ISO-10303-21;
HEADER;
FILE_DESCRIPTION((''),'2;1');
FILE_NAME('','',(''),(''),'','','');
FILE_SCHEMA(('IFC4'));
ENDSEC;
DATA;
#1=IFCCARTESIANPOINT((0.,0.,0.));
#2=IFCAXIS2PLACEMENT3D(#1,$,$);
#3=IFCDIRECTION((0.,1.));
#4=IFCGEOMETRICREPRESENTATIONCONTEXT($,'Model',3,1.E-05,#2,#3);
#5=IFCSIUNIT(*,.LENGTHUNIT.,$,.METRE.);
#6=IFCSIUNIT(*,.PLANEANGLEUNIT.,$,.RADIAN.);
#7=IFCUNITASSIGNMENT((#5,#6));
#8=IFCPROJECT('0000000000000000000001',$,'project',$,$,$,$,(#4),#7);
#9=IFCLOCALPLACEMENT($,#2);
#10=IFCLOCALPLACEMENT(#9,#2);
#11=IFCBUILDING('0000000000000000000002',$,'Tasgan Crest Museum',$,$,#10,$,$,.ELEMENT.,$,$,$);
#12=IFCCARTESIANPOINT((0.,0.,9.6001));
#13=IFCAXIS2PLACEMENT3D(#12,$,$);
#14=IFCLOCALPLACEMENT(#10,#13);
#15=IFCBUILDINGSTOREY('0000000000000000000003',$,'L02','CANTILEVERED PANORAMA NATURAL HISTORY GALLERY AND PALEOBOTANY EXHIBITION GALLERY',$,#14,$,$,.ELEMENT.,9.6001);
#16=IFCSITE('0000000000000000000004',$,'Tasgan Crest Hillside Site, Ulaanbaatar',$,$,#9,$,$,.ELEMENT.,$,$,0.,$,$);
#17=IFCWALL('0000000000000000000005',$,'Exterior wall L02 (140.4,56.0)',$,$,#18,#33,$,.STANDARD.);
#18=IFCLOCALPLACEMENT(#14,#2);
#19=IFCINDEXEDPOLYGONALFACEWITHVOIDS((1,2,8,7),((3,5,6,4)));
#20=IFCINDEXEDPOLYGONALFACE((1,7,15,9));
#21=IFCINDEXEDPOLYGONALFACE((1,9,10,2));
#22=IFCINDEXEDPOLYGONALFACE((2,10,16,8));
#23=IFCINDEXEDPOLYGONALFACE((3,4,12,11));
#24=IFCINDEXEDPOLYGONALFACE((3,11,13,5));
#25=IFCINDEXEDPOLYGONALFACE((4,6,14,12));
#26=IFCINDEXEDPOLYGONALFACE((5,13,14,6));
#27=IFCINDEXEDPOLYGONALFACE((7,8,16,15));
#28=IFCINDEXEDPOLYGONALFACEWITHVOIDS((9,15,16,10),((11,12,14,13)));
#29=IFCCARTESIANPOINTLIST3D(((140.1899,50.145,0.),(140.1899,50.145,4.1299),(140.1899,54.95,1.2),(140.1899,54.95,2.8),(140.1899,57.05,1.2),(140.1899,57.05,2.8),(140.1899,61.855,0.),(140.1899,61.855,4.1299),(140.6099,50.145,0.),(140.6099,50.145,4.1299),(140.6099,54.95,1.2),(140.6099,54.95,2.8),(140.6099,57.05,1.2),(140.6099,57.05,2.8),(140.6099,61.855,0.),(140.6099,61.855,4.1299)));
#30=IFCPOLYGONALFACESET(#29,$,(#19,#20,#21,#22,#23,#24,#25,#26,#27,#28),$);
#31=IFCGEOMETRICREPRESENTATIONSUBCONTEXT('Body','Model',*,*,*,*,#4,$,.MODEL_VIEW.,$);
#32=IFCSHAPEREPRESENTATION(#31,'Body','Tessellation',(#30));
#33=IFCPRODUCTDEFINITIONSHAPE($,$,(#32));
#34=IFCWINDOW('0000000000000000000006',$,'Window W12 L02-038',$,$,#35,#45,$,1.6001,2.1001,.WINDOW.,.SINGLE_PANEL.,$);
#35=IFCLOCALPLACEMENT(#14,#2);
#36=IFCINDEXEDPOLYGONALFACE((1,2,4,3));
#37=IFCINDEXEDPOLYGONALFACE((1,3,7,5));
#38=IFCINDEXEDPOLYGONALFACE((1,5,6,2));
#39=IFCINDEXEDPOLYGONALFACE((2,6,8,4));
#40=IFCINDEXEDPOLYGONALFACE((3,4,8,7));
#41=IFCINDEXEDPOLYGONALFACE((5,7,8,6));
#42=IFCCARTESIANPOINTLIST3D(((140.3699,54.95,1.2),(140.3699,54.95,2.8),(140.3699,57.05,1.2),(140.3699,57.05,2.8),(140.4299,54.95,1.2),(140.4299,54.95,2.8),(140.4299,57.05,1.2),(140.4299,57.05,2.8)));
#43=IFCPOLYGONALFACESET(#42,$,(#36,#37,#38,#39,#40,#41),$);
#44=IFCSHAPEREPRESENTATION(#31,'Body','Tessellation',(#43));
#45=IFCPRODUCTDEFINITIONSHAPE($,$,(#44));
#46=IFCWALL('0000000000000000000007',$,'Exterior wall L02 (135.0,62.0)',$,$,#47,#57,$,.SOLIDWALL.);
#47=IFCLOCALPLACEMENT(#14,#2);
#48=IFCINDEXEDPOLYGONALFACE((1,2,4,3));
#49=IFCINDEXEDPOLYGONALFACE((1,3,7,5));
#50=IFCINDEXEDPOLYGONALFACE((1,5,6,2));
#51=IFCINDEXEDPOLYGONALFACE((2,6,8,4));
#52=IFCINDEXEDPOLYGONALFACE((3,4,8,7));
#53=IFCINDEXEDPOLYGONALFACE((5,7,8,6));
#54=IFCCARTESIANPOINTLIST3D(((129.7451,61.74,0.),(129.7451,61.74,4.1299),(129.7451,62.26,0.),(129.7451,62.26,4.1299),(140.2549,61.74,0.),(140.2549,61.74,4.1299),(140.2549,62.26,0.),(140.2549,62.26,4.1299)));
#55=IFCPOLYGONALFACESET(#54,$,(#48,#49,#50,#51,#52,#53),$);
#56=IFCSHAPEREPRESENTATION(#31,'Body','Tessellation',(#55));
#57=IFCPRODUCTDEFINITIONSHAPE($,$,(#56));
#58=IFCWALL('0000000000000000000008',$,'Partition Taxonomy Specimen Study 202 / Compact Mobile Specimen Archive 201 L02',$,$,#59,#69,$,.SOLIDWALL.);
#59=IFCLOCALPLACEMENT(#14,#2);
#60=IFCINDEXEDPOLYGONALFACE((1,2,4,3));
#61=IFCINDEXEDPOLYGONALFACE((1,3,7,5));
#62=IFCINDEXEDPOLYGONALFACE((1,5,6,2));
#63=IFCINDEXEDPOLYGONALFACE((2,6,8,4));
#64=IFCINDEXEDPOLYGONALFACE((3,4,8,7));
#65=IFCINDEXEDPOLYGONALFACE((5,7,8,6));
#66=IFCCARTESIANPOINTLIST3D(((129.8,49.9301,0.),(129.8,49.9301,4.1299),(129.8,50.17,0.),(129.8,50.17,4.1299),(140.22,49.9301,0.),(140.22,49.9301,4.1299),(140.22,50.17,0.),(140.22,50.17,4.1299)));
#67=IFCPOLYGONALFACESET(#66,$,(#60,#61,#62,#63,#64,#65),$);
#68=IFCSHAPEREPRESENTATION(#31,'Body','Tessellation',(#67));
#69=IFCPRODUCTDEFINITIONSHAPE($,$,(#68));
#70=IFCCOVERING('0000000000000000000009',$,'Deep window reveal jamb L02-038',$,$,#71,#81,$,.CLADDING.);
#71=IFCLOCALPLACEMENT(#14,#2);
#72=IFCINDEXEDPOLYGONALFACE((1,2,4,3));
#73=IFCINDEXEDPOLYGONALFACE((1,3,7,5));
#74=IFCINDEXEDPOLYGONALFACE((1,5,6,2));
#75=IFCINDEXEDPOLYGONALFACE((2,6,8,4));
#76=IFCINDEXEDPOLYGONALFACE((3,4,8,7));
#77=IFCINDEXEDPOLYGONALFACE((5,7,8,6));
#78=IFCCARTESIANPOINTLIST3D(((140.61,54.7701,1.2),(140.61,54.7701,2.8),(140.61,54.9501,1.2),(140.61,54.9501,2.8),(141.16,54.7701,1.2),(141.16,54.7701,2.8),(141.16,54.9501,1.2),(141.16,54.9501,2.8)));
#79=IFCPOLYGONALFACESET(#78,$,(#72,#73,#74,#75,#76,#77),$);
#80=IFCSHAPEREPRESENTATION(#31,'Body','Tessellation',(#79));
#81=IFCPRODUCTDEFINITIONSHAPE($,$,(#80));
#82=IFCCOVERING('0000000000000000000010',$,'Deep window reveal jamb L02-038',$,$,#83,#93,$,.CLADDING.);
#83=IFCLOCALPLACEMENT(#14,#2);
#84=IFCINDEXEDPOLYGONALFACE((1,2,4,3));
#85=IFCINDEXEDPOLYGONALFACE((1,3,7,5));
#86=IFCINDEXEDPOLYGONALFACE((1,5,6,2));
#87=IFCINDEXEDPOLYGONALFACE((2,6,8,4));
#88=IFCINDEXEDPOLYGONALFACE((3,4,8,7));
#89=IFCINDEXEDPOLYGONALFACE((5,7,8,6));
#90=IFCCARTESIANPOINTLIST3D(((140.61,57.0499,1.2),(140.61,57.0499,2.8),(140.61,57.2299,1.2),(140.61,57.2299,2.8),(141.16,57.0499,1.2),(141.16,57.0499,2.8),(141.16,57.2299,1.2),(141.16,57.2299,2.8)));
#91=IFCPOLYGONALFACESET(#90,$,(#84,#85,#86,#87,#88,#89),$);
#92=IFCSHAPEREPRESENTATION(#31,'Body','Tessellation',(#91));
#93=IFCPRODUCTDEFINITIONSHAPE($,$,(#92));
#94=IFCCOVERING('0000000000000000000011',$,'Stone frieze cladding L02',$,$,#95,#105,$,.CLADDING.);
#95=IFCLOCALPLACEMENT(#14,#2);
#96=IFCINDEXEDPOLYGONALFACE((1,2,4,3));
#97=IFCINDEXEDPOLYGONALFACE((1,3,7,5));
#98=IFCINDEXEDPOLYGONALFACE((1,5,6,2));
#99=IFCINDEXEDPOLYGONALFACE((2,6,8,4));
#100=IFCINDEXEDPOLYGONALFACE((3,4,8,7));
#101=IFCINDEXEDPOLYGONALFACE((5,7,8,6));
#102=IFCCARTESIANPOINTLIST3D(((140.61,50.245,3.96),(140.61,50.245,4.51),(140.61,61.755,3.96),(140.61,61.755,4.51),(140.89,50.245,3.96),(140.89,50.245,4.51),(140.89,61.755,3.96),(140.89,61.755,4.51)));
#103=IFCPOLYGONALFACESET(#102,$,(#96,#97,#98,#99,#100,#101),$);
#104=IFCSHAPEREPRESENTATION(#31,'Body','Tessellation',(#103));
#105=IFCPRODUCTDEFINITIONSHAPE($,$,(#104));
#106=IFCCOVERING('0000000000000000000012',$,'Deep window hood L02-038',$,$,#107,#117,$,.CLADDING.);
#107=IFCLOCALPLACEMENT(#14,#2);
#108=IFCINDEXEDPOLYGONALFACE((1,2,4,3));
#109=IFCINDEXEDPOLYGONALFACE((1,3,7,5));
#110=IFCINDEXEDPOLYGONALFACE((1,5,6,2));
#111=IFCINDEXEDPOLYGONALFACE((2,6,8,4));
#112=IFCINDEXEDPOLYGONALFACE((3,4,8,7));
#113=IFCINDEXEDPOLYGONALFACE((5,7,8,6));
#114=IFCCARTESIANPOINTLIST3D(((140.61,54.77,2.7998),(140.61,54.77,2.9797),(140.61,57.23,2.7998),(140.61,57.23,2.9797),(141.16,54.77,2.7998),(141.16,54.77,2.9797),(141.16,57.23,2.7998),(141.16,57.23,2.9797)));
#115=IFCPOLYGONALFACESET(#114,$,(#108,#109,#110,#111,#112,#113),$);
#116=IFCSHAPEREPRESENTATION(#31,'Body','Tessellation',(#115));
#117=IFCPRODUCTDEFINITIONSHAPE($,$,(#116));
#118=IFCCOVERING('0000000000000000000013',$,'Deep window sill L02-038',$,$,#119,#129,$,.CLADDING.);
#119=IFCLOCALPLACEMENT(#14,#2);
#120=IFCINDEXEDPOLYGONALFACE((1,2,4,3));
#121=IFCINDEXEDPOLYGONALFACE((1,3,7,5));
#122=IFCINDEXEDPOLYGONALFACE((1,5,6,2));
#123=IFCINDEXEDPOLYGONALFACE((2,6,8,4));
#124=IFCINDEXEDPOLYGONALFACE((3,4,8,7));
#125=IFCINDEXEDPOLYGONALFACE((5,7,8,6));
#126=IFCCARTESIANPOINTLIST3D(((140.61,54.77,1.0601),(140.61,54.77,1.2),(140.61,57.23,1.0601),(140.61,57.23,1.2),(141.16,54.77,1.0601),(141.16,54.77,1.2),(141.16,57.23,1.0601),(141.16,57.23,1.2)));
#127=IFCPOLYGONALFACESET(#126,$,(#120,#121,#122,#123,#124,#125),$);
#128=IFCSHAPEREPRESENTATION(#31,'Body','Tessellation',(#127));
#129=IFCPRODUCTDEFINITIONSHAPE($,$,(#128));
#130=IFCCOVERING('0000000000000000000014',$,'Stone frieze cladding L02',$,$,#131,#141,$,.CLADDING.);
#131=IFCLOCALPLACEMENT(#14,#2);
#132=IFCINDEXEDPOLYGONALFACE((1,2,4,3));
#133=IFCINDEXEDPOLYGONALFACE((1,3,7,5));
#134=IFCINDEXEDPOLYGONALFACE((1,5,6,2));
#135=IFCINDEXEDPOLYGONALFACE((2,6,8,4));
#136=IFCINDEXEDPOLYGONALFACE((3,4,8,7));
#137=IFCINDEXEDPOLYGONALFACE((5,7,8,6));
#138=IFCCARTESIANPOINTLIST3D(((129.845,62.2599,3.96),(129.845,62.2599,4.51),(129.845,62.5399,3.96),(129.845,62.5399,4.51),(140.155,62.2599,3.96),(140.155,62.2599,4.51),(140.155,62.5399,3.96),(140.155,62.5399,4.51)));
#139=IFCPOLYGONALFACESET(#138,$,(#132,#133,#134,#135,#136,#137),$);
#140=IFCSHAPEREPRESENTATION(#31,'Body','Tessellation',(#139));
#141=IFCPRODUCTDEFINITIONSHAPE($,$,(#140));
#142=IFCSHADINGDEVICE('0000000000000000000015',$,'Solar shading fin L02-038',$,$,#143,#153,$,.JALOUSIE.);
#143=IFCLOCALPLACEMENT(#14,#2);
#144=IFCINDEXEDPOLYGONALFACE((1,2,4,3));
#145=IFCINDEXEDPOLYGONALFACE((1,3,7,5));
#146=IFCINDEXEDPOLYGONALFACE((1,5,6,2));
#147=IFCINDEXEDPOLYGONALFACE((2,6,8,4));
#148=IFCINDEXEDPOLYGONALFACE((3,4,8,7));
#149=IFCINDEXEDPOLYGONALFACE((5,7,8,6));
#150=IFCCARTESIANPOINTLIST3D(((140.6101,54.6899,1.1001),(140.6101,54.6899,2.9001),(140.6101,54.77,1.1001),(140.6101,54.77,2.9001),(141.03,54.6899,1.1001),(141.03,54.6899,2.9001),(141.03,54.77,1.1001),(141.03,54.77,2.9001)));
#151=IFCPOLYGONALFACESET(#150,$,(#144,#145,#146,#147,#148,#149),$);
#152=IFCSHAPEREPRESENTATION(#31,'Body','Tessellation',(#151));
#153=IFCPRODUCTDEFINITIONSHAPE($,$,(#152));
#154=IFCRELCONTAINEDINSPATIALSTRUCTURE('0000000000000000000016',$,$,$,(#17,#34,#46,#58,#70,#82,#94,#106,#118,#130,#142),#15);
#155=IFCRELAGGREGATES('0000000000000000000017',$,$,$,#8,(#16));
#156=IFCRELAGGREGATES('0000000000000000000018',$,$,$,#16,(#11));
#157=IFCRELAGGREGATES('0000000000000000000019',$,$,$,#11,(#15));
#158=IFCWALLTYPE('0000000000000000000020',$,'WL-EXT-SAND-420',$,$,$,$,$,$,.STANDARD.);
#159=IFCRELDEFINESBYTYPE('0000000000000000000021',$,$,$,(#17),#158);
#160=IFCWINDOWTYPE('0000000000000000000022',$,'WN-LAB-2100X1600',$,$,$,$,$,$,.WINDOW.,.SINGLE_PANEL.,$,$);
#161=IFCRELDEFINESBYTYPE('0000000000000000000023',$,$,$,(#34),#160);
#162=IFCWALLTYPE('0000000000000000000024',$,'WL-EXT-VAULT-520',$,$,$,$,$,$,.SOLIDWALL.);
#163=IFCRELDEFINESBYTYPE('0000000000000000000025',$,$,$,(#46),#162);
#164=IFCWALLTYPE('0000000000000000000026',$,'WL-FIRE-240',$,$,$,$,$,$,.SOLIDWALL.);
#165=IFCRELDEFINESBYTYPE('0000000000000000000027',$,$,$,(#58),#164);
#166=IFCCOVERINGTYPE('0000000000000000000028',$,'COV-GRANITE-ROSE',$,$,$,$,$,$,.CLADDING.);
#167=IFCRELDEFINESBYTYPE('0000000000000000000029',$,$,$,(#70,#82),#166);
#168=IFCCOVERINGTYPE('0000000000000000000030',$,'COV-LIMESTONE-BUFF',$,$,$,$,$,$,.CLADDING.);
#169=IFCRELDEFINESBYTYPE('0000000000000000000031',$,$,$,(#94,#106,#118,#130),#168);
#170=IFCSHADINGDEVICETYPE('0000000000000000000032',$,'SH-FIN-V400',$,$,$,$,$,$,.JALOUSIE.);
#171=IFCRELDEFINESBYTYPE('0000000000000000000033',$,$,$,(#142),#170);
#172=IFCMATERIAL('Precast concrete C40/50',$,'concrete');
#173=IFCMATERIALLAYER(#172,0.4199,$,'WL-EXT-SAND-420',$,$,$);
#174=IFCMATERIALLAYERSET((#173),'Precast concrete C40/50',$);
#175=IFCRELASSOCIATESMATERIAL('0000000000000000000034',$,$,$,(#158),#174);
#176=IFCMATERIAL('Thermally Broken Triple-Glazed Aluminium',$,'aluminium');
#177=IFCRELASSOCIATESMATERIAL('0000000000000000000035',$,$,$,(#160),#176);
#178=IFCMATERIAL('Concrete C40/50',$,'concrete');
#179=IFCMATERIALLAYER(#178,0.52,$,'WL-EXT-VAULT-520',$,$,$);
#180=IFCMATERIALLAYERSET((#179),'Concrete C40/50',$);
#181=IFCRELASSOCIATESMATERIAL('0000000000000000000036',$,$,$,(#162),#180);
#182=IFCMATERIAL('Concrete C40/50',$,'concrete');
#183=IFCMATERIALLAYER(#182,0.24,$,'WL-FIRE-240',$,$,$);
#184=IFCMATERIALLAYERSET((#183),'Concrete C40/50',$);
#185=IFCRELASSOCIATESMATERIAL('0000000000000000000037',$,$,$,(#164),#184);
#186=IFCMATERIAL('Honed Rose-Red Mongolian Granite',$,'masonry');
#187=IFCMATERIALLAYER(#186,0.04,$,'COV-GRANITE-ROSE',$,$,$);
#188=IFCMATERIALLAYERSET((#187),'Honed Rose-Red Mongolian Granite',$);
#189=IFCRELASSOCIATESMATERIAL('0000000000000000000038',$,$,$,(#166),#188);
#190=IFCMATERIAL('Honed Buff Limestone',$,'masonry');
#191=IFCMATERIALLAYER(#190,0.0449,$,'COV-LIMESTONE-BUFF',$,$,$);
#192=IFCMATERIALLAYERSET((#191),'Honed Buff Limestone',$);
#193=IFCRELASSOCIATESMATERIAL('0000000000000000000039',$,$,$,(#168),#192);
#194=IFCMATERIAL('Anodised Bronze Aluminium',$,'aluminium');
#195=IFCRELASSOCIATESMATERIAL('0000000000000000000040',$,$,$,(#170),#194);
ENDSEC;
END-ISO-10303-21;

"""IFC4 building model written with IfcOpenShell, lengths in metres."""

from ifc_helpers import new_model, si_unit, direction, frame, frame_2d, origin, origin_2d, place, context, subcontext, project, spatial, rectangle, extrude, material, layer, layer_set, type_object, element, fill, save


model = new_model("IFC4")

# Units and contexts
model_context = context("Model", 3, precision=1e-05, world=origin(), true_north=direction((0.0, 1.0)))
body_context = subcontext(model_context, "Body", "Model", "MODEL_VIEW")
ifc_project = project(units=[si_unit("LENGTHUNIT", "METRE"), si_unit("PLANEANGLEUNIT", "RADIAN")], contexts=[model_context])

# Site, building, storey
site_placement = place(None, origin())
site = spatial("IfcSite", under=ifc_project, at=site_placement, Name="Tasgan Crest Hillside Site, Ulaanbaatar", CompositionType="ELEMENT", RefElevation=0.0)
building_placement = place(site_placement, origin())
building = spatial("IfcBuilding", under=site, at=building_placement, Name="Tasgan Crest Museum", CompositionType="ELEMENT")
storey_placement = place(building_placement, frame((0.0, 0.0, 9.6001)))
storey = spatial("IfcBuildingStorey", under=building, at=storey_placement, Name="L02", Description="CANTILEVERED PANORAMA NATURAL HISTORY GALLERY AND PALEOBOTANY EXHIBITION GALLERY", CompositionType="ELEMENT", Elevation=9.6001)

# Wall, opening, window
ifc_material_1 = material(Name="Precast concrete C40/50", Category="concrete")
ifc_layer_1 = layer(ifc_material_1, 0.4199, Name="WL-EXT-SAND-420")
ifc_layer_set_1 = layer_set([ifc_layer_1], Name="Precast concrete C40/50")
wall_type_1 = type_object("IfcWallType", Name="WL-EXT-SAND-420", PredefinedType="STANDARD", material=ifc_layer_set_1)
wall_1_placement = place(storey_placement, frame((140.3999, 50.145, 0.0), z_axis=(0.0, 0.0, 1.0), x_axis=(0.0, 1.0, 0.0)))
wall_1 = element("IfcWall", 1, at=wall_1_placement, inside=storey, type_object=wall_type_1, Name="Exterior wall L02 (140.4,56.0)", PredefinedType="STANDARD", context=body_context, shape_type="SweptSolid", body=[
    extrude(rectangle(XDim=11.71, YDim=0.4199, at=frame_2d((5.855, 0.0))), origin(), (0.0, 0.0, 1.0), 4.1299),
])
opening_placement = place(wall_1_placement, frame((4.8049, 0.0, 1.2)))
opening = element("IfcOpeningElement", 2, at=opening_placement, cuts=wall_1, PredefinedType="OPENING", context=body_context, shape_type="SweptSolid", body=[
    extrude(rectangle(XDim=2.1001, YDim=1.6001, at=frame_2d((1.05, 0.8))), frame((0.0, 0.22, 0.0), z_axis=(0.0, -1.0, 0.0), x_axis=(1.0, 0.0, 0.0)), (0.0, 0.0, 1.0), 0.4399),
])
ifc_material_2 = material(Name="Thermally Broken Triple-Glazed Aluminium", Category="aluminium")
window_type = type_object("IfcWindowType", Name="WN-LAB-2100X1600", PartitioningType="SINGLE_PANEL", PredefinedType="WINDOW", material=ifc_material_2)
window_placement = place(opening_placement, origin())
window = element("IfcWindow", 3, at=window_placement, inside=storey, type_object=window_type, Name="Window W12 L02-038", OverallHeight=1.6001, OverallWidth=2.1001, PartitioningType="SINGLE_PANEL", PredefinedType="WINDOW", context=body_context, shape_type="SweptSolid", body=[
    extrude(rectangle(XDim=2.1001, YDim=1.6001, at=frame_2d((1.05, 0.8))), frame((0.0, 0.03, 0.0), z_axis=(0.0, -1.0, 0.0), x_axis=(1.0, 0.0, 0.0)), (0.0, 0.0, 1.0), 0.0601),
])
fill(opening, window)

# Walls
ifc_material_3 = material(Name="Concrete C40/50", Category="concrete")
ifc_layer_2 = layer(ifc_material_3, 0.52, Name="WL-EXT-VAULT-520")
ifc_layer_set_2 = layer_set([ifc_layer_2], Name="Concrete C40/50")
wall_type_2 = type_object("IfcWallType", Name="WL-EXT-VAULT-520", PredefinedType="SOLIDWALL", material=ifc_layer_set_2)
wall_2_placement = place(storey_placement, frame((140.2549, 62.0, 0.0), z_axis=(0.0, 0.0, 1.0), x_axis=(-1.0, 0.0, 0.0)))
element("IfcWall", 4, at=wall_2_placement, inside=storey, type_object=wall_type_2, Name="Exterior wall L02 (135.0,62.0)", PredefinedType="SOLIDWALL", context=body_context, shape_type="SweptSolid", body=[
    extrude(rectangle(XDim=10.5098, YDim=0.52, at=frame_2d((5.2549, 0.0))), origin(), (0.0, 0.0, 1.0), 4.1299),
])
ifc_material_4 = material(Name="Concrete C40/50", Category="concrete")
ifc_layer_3 = layer(ifc_material_4, 0.24, Name="WL-FIRE-240")
ifc_layer_set_3 = layer_set([ifc_layer_3], Name="Concrete C40/50")
wall_type_3 = type_object("IfcWallType", Name="WL-FIRE-240", PredefinedType="SOLIDWALL", material=ifc_layer_set_3)
wall_3_placement = place(storey_placement, frame((129.8, 50.05, 0.0), z_axis=(0.0, 0.0, 1.0), x_axis=(1.0, 0.0, 0.0)))
element("IfcWall", 5, at=wall_3_placement, inside=storey, type_object=wall_type_3, Name="Partition Taxonomy Specimen Study 202 / Compact Mobile Specimen Archive 201 L02", PredefinedType="SOLIDWALL", context=body_context, shape_type="SweptSolid", body=[
    extrude(rectangle(XDim=10.4199, YDim=0.24, at=frame_2d((5.21, 0.0))), origin(), (0.0, 0.0, 1.0), 4.1299),
])

# Coverings
ifc_material_5 = material(Name="Honed Rose-Red Mongolian Granite", Category="masonry")
ifc_layer_4 = layer(ifc_material_5, 0.04, Name="COV-GRANITE-ROSE")
ifc_layer_set_4 = layer_set([ifc_layer_4], Name="Honed Rose-Red Mongolian Granite")
covering_type_1 = type_object("IfcCoveringType", Name="COV-GRANITE-ROSE", PredefinedType="CLADDING", material=ifc_layer_set_4)
for number, where, z_axis, x_axis, name in (
    (6, (140.885, 54.8601, 1.2), (0.0, 0.0, 1.0), (0.0, 1.0, 0.0), "Deep window reveal jamb L02-038"),
    (7, (140.885, 57.1399, 1.2), (0.0, 0.0, 1.0), (0.0, 1.0, 0.0), "Deep window reveal jamb L02-038"),
):
    element("IfcCovering", number, at=place(storey_placement, frame(where, z_axis=z_axis, x_axis=x_axis)), inside=storey, type_object=covering_type_1, Name=name, PredefinedType="CLADDING", context=body_context, shape_type="SweptSolid", body=[
        extrude(rectangle(XDim=0.1799, YDim=0.55, at=origin_2d()), origin(), (0.0, 0.0, 1.0), 1.6001),
    ])
ifc_material_6 = material(Name="Honed Buff Limestone", Category="masonry")
ifc_layer_5 = layer(ifc_material_6, 0.0449, Name="COV-LIMESTONE-BUFF")
ifc_layer_set_5 = layer_set([ifc_layer_5], Name="Honed Buff Limestone")
covering_type_2 = type_object("IfcCoveringType", Name="COV-LIMESTONE-BUFF", PredefinedType="CLADDING", material=ifc_layer_set_5)
covering_1_placement = place(storey_placement, frame((140.75, 56.0, 3.96), z_axis=(0.0, 0.0, 1.0), x_axis=(0.0, 1.0, 0.0)))
element("IfcCovering", 8, at=covering_1_placement, inside=storey, type_object=covering_type_2, Name="Stone frieze cladding L02", PredefinedType="CLADDING", context=body_context, shape_type="SweptSolid", body=[
    extrude(rectangle(XDim=11.51, YDim=0.28, at=origin_2d()), origin(), (0.0, 0.0, 1.0), 0.55),
])
covering_2_placement = place(storey_placement, frame((140.885, 56.0, 2.7998), z_axis=(0.0, 0.0, 1.0), x_axis=(0.0, 1.0, 0.0)))
element("IfcCovering", 9, at=covering_2_placement, inside=storey, type_object=covering_type_2, Name="Deep window hood L02-038", PredefinedType="CLADDING", context=body_context, shape_type="SweptSolid", body=[
    extrude(rectangle(XDim=2.46, YDim=0.55, at=origin_2d()), origin(), (0.0, 0.0, 1.0), 0.1799),
])
covering_3_placement = place(storey_placement, frame((140.885, 56.0, 1.0601), z_axis=(0.0, 0.0, 1.0), x_axis=(0.0, 1.0, 0.0)))
element("IfcCovering", 10, at=covering_3_placement, inside=storey, type_object=covering_type_2, Name="Deep window sill L02-038", PredefinedType="CLADDING", context=body_context, shape_type="SweptSolid", body=[
    extrude(rectangle(XDim=2.46, YDim=0.55, at=origin_2d()), origin(), (0.0, 0.0, 1.0), 0.1399),
])
covering_4_placement = place(storey_placement, frame((135.0, 62.3999, 3.96), z_axis=(0.0, 0.0, 1.0), x_axis=(-1.0, 0.0, 0.0)))
element("IfcCovering", 11, at=covering_4_placement, inside=storey, type_object=covering_type_2, Name="Stone frieze cladding L02", PredefinedType="CLADDING", context=body_context, shape_type="SweptSolid", body=[
    extrude(rectangle(XDim=10.3101, YDim=0.28, at=origin_2d()), origin(), (0.0, 0.0, 1.0), 0.55),
])

# Shading device
ifc_material_7 = material(Name="Anodised Bronze Aluminium", Category="aluminium")
shading_device_type = type_object("IfcShadingDeviceType", Name="SH-FIN-V400", PredefinedType="JALOUSIE", material=ifc_material_7)
shading_device_placement = place(storey_placement, frame((140.8201, 54.73, 1.1001), z_axis=(0.0, 0.0, 1.0), x_axis=(0.0, 1.0, 0.0)))
element("IfcShadingDevice", 12, at=shading_device_placement, inside=storey, type_object=shading_device_type, Name="Solar shading fin L02-038", PredefinedType="JALOUSIE", context=body_context, shape_type="SweptSolid", body=[
    extrude(rectangle(XDim=0.0801, YDim=0.4199, at=origin_2d()), origin(), (0.0, 0.0, 1.0), 1.8),
])

save(model, "model.ifc")
